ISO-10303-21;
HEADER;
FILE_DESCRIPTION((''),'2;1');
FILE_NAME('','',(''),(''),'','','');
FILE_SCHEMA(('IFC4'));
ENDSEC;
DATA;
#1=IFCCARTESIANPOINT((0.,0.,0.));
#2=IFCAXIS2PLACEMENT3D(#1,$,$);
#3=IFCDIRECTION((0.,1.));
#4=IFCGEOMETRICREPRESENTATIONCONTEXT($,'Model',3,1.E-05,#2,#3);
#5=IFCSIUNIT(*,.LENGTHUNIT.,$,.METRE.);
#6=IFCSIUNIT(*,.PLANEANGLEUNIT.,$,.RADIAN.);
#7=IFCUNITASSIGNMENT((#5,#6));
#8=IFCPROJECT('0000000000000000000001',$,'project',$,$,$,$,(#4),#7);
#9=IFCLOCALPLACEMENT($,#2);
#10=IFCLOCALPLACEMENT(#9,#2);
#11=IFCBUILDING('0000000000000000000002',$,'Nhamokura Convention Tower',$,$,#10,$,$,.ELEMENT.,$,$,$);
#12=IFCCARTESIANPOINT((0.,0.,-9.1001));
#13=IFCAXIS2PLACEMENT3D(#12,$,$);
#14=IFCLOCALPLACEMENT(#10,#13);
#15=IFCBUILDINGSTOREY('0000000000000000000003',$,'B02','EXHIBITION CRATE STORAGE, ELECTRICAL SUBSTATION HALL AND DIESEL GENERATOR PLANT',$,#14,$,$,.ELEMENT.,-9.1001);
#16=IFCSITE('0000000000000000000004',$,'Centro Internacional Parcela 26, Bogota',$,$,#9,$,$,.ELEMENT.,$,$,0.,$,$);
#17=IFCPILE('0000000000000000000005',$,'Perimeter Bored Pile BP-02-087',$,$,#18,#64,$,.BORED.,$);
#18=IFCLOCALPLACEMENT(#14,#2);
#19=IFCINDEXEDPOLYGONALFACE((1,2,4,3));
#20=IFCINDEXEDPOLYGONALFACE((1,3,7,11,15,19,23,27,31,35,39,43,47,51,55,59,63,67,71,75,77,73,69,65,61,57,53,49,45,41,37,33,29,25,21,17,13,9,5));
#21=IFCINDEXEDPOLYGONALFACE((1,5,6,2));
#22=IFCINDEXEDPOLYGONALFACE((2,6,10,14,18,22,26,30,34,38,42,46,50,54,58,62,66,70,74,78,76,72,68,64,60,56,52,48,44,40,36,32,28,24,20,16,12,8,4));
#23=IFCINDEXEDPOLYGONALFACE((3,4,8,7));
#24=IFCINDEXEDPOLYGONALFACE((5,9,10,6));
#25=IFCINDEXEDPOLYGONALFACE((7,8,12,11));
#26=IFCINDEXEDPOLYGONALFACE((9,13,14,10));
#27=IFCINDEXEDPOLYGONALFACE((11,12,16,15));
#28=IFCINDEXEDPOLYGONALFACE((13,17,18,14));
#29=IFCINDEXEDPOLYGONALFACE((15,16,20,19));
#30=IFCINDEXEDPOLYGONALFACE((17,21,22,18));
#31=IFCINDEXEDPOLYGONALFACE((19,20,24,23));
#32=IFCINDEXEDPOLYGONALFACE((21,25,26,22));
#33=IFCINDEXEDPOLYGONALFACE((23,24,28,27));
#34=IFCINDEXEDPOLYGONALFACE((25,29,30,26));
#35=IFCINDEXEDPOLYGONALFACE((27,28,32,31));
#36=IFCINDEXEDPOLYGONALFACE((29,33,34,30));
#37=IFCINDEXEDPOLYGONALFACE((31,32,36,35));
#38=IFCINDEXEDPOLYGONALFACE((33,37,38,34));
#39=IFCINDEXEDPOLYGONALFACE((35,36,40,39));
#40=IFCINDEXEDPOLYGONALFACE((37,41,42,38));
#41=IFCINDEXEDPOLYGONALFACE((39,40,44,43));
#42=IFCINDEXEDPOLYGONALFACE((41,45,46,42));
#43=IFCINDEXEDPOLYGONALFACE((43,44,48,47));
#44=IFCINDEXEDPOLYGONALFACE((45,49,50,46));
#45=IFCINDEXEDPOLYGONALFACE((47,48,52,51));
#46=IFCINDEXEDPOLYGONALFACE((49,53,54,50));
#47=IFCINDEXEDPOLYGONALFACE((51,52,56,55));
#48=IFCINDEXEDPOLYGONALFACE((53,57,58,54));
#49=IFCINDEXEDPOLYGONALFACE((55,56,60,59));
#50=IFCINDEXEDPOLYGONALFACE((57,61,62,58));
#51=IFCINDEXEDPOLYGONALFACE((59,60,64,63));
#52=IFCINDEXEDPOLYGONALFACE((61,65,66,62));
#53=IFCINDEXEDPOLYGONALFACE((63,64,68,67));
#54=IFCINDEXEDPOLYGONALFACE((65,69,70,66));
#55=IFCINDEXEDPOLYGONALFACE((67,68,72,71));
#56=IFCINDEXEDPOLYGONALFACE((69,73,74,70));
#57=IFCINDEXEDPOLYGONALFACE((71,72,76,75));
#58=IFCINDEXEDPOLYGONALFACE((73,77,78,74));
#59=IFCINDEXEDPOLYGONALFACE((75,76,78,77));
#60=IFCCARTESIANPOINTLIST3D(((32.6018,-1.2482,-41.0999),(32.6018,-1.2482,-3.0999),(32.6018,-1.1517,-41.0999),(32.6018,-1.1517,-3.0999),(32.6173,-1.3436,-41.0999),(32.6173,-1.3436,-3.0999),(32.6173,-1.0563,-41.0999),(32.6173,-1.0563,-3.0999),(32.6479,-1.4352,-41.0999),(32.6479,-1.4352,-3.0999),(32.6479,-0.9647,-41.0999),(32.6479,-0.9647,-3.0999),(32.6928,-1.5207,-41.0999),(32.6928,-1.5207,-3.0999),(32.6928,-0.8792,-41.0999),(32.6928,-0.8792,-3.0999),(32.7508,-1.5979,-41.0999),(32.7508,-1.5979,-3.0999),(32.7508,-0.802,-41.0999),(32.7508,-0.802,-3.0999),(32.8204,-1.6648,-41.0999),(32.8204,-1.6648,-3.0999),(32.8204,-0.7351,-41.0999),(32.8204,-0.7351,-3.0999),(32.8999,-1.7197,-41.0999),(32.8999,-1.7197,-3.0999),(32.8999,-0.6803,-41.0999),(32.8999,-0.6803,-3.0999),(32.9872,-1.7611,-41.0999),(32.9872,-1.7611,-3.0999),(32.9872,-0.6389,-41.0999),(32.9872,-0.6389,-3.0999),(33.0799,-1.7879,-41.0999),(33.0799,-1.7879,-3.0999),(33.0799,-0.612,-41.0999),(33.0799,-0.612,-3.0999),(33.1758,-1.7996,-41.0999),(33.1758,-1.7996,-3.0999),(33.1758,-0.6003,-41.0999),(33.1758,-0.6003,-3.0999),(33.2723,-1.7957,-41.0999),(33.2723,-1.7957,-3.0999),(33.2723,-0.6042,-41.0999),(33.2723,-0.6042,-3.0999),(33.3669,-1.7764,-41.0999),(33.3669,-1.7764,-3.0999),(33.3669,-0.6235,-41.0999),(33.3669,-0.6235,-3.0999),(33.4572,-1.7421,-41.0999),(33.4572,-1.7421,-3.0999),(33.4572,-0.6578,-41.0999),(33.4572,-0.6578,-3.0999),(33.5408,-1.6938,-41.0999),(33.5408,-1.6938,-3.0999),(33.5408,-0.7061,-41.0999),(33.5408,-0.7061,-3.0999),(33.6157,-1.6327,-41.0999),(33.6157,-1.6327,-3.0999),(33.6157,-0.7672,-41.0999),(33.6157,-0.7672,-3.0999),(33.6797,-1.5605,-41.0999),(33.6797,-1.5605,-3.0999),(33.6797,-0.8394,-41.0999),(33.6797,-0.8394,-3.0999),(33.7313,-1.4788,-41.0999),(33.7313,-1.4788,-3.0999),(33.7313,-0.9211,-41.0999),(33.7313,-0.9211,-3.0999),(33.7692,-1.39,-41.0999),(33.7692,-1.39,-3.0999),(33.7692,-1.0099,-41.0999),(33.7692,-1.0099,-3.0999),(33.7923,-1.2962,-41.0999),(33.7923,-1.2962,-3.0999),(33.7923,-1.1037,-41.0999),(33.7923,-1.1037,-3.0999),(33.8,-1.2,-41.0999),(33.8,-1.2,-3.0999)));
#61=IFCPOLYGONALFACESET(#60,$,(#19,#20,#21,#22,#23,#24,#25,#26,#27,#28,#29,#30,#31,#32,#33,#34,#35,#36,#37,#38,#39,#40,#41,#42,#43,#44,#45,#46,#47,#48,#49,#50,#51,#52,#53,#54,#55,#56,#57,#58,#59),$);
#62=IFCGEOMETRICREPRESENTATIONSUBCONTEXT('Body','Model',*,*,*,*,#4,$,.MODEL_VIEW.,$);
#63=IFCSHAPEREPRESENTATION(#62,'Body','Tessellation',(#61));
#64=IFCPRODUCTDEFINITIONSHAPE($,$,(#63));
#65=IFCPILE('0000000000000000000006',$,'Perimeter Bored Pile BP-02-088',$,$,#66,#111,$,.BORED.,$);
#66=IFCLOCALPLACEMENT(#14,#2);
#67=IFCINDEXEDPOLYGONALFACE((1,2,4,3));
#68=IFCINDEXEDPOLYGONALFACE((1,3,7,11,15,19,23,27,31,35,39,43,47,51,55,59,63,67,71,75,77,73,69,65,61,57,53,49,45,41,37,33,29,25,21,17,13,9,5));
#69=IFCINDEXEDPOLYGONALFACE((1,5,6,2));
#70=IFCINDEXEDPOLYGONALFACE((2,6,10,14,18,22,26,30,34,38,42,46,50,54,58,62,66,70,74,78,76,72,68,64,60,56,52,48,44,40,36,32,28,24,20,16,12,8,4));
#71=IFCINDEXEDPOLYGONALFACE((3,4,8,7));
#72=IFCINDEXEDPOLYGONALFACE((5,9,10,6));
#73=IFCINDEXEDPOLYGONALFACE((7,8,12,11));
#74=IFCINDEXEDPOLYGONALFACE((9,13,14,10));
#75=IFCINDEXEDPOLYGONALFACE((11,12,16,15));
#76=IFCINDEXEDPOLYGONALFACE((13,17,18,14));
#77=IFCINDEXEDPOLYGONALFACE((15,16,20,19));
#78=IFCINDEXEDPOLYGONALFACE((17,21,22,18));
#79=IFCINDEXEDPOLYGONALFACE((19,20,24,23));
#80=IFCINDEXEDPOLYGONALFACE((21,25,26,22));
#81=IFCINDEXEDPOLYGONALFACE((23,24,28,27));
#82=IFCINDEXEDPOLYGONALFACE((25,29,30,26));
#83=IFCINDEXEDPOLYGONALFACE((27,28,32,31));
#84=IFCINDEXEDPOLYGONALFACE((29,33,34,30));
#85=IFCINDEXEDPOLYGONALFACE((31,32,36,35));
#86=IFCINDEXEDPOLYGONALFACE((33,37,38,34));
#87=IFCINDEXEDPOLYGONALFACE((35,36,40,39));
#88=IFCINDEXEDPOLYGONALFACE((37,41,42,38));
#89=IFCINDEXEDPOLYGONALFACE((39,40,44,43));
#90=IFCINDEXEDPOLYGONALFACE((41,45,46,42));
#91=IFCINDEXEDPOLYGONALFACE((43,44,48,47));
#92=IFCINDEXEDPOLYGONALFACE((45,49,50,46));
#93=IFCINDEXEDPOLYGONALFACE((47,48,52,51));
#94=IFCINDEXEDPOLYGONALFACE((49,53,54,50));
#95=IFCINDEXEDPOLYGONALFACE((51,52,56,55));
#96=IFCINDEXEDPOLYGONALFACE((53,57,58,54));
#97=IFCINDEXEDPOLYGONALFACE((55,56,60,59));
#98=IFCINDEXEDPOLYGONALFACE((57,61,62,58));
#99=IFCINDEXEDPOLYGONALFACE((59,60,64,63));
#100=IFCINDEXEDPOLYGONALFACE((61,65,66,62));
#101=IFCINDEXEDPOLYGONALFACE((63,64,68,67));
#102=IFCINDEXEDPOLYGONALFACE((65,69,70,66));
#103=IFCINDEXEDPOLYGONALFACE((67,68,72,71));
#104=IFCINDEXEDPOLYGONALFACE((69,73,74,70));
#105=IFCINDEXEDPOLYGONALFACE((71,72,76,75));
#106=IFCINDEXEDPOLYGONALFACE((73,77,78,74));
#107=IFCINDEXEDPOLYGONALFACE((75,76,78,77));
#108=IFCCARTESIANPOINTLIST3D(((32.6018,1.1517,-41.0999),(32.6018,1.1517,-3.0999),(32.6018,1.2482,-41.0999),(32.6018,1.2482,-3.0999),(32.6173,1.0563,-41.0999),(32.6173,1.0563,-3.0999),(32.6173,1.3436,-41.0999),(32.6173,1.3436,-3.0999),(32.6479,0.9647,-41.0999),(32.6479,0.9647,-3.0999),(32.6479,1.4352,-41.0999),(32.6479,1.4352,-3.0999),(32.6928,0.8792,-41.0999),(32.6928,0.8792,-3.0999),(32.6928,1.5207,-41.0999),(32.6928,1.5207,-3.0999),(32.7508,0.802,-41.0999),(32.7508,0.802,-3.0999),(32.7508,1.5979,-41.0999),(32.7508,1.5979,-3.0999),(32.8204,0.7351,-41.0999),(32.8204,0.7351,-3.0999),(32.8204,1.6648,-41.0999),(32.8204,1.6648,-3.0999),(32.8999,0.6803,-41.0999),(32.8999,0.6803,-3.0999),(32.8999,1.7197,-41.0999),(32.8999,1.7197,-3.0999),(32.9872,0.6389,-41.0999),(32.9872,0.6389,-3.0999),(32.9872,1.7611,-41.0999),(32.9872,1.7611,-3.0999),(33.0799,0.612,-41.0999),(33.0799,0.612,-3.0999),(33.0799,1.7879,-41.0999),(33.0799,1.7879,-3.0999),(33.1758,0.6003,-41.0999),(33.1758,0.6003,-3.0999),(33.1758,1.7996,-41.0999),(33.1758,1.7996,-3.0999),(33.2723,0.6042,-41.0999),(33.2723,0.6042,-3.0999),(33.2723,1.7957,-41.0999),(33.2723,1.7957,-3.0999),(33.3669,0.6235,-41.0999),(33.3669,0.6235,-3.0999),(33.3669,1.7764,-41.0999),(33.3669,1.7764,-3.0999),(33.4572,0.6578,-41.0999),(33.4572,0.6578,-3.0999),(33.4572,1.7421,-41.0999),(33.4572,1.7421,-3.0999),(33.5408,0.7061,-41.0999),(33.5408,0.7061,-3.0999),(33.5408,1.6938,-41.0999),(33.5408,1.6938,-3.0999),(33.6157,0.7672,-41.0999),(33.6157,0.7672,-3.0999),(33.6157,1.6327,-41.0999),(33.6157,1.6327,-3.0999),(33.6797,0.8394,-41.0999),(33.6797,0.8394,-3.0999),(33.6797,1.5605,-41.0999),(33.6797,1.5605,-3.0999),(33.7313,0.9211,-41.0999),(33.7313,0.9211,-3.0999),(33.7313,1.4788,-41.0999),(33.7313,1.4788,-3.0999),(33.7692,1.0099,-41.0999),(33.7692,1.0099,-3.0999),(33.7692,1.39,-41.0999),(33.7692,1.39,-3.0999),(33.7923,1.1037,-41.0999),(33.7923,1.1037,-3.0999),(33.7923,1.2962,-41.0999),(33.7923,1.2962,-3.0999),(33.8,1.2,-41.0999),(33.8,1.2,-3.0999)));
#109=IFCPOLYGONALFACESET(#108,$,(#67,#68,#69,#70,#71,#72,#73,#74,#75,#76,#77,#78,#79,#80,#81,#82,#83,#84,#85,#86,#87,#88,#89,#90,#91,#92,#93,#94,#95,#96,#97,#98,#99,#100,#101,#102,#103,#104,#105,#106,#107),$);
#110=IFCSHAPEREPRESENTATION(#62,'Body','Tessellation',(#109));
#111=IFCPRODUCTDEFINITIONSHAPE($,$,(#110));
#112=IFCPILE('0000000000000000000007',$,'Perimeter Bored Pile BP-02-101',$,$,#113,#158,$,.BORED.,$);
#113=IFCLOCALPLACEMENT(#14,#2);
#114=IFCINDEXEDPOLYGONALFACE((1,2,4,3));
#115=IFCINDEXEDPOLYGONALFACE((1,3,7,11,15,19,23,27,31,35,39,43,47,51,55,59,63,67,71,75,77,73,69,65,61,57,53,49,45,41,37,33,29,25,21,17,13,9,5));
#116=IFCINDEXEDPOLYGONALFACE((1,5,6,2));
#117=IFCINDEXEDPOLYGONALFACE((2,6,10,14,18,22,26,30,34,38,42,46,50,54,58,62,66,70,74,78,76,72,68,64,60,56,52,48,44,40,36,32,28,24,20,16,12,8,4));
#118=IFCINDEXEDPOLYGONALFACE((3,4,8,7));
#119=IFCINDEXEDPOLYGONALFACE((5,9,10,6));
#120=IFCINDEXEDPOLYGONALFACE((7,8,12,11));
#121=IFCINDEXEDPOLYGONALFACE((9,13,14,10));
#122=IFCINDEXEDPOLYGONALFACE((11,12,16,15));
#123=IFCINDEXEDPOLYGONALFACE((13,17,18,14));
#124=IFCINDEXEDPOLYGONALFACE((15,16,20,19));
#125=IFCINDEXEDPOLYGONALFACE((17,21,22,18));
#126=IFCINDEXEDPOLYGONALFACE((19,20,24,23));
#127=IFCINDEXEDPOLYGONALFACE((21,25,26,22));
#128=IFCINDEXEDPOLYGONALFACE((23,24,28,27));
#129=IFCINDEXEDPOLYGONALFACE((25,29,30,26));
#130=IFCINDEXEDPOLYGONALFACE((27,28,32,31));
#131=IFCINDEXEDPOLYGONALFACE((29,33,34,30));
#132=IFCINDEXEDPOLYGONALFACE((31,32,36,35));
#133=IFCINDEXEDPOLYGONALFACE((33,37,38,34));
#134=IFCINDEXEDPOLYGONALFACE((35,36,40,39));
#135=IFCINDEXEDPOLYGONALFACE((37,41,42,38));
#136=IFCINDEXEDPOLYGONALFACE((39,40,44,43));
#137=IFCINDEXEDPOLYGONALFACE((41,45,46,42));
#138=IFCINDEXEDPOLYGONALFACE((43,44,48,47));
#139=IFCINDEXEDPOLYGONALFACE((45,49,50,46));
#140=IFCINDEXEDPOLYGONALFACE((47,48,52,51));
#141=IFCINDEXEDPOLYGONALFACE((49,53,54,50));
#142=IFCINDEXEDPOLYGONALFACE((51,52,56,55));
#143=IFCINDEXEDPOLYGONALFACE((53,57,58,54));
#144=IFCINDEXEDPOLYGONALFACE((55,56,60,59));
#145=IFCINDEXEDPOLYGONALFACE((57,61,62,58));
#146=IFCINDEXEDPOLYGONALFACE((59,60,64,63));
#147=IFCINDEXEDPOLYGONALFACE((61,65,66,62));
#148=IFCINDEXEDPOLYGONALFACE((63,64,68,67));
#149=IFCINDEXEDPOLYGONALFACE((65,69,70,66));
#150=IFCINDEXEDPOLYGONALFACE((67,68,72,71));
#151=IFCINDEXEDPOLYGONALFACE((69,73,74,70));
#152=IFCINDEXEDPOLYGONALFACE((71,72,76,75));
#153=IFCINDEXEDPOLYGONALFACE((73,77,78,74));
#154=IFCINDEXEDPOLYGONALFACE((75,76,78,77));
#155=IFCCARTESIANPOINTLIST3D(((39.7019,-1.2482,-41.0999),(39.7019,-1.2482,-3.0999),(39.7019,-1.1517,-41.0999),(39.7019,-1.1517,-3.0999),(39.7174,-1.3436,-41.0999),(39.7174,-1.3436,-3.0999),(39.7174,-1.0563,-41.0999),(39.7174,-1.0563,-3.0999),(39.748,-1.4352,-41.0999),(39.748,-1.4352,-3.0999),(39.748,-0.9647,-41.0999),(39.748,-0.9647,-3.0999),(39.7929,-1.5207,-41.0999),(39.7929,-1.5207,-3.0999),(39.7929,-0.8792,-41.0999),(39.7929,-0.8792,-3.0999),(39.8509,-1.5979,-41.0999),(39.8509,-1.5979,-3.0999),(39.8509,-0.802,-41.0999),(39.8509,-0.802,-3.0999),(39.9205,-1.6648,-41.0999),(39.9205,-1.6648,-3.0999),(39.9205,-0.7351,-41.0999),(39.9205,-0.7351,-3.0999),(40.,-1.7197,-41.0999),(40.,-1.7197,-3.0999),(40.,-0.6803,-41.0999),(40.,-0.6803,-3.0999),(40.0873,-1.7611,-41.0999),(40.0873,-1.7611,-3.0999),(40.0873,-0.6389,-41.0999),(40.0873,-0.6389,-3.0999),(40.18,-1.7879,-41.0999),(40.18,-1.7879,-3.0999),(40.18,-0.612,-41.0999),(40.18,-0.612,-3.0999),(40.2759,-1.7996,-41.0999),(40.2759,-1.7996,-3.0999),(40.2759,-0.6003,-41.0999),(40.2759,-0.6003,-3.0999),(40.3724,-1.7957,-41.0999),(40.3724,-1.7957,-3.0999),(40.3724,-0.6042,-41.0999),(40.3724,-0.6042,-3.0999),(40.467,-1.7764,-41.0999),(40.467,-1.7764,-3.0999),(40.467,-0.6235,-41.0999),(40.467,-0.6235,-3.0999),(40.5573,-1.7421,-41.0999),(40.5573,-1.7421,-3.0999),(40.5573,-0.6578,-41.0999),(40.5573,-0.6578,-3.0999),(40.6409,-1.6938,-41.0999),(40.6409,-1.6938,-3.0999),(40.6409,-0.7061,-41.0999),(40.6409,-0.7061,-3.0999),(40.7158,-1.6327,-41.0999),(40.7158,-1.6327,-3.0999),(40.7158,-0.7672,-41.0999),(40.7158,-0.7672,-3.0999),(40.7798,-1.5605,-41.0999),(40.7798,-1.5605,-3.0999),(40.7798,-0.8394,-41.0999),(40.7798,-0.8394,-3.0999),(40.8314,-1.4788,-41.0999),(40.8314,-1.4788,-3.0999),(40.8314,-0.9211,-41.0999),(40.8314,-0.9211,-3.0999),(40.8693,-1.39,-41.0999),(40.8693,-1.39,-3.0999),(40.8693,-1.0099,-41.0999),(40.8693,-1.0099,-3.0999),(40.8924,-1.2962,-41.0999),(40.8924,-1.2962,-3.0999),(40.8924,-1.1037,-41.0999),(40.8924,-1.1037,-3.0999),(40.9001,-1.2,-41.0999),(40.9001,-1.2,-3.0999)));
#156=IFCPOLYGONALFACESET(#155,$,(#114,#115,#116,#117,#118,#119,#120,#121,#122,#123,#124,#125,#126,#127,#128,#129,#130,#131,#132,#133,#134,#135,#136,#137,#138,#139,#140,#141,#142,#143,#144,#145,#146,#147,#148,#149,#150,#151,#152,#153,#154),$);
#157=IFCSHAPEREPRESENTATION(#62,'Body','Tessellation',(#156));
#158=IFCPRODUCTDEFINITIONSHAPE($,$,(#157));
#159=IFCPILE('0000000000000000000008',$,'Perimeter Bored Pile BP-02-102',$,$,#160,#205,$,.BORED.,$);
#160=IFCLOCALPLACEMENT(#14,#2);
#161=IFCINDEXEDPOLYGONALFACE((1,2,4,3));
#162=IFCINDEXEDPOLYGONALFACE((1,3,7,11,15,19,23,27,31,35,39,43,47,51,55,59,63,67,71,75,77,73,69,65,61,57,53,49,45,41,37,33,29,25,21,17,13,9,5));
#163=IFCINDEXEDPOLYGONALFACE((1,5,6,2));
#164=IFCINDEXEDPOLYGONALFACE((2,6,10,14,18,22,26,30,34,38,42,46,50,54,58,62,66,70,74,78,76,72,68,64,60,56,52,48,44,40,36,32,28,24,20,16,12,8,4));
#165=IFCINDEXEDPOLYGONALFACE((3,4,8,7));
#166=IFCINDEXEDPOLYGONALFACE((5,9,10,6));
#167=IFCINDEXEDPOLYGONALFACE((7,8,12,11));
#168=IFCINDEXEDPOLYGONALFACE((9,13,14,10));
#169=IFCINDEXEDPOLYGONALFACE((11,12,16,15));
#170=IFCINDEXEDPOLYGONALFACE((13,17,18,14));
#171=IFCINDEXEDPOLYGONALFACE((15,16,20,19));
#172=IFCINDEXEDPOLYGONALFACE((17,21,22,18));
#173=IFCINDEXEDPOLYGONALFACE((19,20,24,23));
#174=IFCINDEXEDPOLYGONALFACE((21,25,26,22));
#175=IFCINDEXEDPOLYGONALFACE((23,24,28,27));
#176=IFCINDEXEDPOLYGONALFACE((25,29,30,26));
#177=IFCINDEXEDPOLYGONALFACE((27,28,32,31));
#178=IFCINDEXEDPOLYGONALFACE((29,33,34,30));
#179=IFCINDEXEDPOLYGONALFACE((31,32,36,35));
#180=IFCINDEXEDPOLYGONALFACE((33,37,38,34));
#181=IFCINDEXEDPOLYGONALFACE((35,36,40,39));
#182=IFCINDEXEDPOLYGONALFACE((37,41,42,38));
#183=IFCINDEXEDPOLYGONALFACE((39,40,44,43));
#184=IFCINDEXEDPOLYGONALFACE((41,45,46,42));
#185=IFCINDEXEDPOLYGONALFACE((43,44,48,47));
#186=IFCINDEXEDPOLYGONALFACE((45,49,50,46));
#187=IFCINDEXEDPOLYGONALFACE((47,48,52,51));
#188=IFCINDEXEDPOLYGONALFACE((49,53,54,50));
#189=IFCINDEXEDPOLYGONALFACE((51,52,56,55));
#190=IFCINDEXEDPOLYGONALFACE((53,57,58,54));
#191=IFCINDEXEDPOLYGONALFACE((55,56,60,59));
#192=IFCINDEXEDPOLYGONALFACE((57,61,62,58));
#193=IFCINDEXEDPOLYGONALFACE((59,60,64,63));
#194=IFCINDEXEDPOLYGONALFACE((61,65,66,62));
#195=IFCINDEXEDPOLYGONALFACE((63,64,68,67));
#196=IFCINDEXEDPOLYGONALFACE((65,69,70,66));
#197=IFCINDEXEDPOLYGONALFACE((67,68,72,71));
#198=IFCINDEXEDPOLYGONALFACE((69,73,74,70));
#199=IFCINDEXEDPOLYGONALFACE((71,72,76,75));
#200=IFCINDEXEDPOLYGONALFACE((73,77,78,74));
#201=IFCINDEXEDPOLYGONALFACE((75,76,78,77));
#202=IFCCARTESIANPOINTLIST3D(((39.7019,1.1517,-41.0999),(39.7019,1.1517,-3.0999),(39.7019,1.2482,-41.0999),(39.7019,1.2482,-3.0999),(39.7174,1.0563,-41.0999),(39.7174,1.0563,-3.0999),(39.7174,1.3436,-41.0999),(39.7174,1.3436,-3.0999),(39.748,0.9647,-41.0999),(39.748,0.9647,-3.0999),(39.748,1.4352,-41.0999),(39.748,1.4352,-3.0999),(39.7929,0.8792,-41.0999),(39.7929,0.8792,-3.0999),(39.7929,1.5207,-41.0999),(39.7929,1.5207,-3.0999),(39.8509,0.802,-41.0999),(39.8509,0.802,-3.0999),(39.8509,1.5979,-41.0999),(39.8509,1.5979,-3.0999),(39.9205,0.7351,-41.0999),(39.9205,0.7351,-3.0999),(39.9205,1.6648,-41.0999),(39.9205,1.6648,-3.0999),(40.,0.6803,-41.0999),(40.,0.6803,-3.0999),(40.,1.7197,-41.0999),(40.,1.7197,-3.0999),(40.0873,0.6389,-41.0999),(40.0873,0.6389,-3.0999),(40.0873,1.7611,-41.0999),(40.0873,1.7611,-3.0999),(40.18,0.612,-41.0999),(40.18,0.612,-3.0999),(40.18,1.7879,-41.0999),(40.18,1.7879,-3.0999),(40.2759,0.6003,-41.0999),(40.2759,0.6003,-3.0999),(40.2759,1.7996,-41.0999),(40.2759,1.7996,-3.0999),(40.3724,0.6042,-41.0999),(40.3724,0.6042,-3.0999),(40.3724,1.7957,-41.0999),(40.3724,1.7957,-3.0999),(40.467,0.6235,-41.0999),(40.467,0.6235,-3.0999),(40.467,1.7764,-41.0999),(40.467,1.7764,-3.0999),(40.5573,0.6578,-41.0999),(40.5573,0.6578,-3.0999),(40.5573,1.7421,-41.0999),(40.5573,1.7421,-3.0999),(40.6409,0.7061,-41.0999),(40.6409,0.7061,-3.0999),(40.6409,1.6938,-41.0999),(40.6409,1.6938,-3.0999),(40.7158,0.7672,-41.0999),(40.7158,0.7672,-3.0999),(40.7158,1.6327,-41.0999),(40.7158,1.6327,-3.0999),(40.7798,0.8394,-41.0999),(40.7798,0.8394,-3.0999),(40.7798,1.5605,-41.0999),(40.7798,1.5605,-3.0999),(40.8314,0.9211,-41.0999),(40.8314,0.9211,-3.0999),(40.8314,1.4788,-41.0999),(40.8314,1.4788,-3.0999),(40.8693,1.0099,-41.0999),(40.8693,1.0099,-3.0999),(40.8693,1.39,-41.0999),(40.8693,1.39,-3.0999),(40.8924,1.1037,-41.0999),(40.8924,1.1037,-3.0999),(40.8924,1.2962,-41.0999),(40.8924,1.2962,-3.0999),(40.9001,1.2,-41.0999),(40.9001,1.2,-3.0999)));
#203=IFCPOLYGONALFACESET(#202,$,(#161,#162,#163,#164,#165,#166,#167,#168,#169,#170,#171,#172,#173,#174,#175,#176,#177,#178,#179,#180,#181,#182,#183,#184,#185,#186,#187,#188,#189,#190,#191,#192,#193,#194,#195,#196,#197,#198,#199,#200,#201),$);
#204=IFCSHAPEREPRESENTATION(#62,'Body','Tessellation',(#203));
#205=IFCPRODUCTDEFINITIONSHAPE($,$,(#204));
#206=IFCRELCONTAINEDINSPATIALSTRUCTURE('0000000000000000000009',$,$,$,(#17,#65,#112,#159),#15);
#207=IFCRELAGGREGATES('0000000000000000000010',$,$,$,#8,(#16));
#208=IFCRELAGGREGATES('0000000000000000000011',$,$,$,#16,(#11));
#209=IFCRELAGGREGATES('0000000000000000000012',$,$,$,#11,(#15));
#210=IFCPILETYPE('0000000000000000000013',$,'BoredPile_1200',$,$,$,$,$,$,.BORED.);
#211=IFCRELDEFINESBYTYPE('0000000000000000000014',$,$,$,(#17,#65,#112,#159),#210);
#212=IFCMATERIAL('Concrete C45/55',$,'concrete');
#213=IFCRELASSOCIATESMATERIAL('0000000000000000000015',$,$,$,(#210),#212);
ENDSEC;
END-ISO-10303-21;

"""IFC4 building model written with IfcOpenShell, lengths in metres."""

from ifc_helpers import new_model, si_unit, direction, frame, origin, origin_2d, place, context, subcontext, project, spatial, circle, extrude, material, material_profile, profile_set, type_object, element, save


model = new_model("IFC4")

# Units and contexts
model_context = context("Model", 3, precision=1e-05, world=origin(), true_north=direction((0.0, 1.0)))
body_context = subcontext(model_context, "Body", "Model", "MODEL_VIEW")
ifc_project = project(units=[si_unit("LENGTHUNIT", "METRE"), si_unit("PLANEANGLEUNIT", "RADIAN")], contexts=[model_context])

# Site, building, storey
site_placement = place(None, origin())
site = spatial("IfcSite", under=ifc_project, at=site_placement, Name="Centro Internacional Parcela 26, Bogota", CompositionType="ELEMENT", RefElevation=0.0)
building_placement = place(site_placement, origin())
building = spatial("IfcBuilding", under=site, at=building_placement, Name="Nhamokura Convention Tower", CompositionType="ELEMENT")
storey_placement = place(building_placement, frame((0.0, 0.0, -9.1001)))
storey = spatial("IfcBuildingStorey", under=building, at=storey_placement, Name="B02", Description="EXHIBITION CRATE STORAGE, ELECTRICAL SUBSTATION HALL AND DIESEL GENERATOR PLANT", CompositionType="ELEMENT", Elevation=-9.1001)

# Piles
ifc_material_1 = material(Name="Concrete C45/55", Category="concrete")
ifc_material_profile_1 = material_profile(ifc_material_1, circle(Radius=0.6001, at=origin_2d()))
ifc_profile_set_1 = profile_set([ifc_material_profile_1], Name="Concrete C45/55")
pile_type = type_object("IfcPileType", Name="BoredPile_1200", PredefinedType="BORED", material=ifc_profile_set_1)
for number, where, z_axis, x_axis, name in (
    (1, (33.2, -1.2, -3.0999), (0.0, 0.0, -1.0), (1.0, 0.0, 0.0), "Perimeter Bored Pile BP-02-087"),
    (2, (33.2, 1.2, -3.0999), (0.0, 0.0, -1.0), (1.0, 0.0, 0.0), "Perimeter Bored Pile BP-02-088"),
    (3, (40.3, -1.2, -3.0999), (0.0, 0.0, -1.0), (1.0, 0.0, 0.0), "Perimeter Bored Pile BP-02-101"),
    (4, (40.3, 1.2, -3.0999), (0.0, 0.0, -1.0), (1.0, 0.0, 0.0), "Perimeter Bored Pile BP-02-102"),
):
    element("IfcPile", number, at=place(storey_placement, frame(where, z_axis=z_axis, x_axis=x_axis)), inside=storey, type_object=pile_type, Name=name, PredefinedType="BORED", context=body_context, shape_type="SweptSolid", body=[
        extrude(circle(Radius=0.6001, at=origin_2d()), origin(), (0.0, 0.0, 1.0), 38.0),
    ])

save(model, "model.ifc")
